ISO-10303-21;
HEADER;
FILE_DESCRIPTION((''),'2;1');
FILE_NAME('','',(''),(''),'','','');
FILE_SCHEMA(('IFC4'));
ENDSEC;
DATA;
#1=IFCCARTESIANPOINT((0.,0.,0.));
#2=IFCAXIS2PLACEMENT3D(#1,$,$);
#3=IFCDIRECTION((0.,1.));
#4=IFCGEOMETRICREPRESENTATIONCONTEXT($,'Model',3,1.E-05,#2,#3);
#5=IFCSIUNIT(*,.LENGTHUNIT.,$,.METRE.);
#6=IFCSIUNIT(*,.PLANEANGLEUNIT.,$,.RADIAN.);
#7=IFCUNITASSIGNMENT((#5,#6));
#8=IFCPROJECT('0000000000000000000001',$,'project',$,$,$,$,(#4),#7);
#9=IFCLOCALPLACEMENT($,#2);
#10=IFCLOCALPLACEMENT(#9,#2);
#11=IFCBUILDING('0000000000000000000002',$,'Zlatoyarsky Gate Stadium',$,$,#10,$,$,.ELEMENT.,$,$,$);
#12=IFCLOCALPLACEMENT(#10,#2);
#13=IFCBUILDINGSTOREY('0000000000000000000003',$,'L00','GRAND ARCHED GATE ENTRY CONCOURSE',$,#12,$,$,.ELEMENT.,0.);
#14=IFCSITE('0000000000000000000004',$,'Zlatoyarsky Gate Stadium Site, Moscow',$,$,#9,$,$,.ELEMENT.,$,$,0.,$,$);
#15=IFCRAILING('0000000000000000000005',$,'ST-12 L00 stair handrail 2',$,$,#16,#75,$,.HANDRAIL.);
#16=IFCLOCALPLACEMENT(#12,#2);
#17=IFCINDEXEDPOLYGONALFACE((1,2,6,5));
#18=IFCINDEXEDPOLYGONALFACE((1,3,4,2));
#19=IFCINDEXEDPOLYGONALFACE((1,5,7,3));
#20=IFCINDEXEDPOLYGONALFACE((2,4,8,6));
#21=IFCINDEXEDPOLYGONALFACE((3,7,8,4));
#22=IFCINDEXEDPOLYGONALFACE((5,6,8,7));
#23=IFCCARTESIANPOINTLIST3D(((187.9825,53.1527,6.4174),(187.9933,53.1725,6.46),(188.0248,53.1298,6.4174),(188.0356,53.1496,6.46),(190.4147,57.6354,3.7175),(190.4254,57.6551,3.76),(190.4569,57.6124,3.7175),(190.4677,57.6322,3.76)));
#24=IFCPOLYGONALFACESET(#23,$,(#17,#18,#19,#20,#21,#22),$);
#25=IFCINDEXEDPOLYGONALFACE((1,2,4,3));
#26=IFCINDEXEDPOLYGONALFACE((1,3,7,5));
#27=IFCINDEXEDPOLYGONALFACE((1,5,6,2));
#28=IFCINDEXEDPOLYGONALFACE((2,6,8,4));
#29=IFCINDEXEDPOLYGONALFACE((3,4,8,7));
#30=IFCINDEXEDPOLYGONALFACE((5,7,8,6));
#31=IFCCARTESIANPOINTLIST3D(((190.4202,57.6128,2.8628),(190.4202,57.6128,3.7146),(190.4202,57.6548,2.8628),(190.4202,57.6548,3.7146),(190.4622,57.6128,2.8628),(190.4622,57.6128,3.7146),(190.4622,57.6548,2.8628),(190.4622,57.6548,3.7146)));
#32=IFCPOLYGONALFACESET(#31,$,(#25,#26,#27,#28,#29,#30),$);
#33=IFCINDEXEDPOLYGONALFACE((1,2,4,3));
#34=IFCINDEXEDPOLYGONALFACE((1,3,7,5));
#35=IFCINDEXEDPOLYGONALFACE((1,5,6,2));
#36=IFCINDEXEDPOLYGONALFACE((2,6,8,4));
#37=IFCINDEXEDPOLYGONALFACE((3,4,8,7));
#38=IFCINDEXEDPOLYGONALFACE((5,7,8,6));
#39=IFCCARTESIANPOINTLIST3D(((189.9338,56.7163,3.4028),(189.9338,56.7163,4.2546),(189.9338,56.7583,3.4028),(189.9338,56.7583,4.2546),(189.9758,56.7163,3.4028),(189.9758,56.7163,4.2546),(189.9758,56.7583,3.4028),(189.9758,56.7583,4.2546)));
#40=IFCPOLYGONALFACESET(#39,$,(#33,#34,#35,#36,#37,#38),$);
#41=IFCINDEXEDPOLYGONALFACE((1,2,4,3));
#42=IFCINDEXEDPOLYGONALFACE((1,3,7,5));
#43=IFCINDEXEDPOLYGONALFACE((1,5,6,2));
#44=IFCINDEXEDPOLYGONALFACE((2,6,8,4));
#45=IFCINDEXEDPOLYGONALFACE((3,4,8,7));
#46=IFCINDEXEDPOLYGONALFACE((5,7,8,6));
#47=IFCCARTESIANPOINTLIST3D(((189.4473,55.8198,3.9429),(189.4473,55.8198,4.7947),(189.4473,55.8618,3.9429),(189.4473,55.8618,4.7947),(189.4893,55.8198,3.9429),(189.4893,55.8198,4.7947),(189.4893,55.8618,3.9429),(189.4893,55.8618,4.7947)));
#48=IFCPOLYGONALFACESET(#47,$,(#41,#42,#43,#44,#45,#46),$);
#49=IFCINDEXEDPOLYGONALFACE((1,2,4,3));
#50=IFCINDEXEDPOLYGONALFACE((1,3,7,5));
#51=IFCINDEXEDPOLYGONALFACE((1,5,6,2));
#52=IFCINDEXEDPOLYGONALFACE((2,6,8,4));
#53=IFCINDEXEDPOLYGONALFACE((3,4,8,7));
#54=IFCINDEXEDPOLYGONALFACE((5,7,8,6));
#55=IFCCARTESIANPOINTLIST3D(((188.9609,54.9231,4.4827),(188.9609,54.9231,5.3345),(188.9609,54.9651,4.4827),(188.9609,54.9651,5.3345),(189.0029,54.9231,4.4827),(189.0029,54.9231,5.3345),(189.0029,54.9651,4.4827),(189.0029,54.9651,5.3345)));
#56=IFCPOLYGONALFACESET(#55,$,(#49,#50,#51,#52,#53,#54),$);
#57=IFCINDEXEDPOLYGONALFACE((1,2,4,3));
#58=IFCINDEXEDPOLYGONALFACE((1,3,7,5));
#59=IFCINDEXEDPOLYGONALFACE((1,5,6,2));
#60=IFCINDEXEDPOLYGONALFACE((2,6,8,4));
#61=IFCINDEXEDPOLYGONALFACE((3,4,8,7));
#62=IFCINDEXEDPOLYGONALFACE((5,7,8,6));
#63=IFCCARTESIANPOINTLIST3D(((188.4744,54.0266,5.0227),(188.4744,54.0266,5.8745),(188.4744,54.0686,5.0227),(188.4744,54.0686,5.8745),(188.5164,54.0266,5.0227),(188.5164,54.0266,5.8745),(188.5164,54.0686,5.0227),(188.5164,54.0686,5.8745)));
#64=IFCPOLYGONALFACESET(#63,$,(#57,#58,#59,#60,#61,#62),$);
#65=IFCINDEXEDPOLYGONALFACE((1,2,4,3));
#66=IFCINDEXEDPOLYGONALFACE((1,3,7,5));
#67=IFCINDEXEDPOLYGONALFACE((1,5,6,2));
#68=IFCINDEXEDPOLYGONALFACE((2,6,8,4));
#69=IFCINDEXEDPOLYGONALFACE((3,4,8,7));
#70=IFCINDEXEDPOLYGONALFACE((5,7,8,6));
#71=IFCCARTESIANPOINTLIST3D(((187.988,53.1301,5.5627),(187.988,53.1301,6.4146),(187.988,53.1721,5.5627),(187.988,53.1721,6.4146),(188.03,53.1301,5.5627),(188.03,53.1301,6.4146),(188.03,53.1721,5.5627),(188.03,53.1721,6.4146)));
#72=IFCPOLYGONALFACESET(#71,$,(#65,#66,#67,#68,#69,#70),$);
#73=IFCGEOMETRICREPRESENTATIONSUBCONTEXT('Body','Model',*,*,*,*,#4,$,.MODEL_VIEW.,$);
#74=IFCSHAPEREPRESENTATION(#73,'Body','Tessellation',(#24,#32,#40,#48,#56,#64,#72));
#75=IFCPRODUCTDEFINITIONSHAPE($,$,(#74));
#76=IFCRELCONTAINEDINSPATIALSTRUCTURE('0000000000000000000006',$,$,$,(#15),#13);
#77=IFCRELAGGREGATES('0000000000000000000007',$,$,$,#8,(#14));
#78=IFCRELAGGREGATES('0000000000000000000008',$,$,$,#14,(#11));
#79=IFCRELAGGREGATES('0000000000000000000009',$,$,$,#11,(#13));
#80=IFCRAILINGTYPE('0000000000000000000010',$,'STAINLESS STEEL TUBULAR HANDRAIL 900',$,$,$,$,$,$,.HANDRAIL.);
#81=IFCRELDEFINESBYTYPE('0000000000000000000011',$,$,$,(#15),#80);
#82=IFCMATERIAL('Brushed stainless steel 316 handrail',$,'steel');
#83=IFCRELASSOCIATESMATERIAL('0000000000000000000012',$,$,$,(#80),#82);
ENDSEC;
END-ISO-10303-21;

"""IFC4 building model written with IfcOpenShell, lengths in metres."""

from ifc_helpers import new_model, si_unit, direction, frame, origin, origin_2d, place, context, subcontext, project, spatial, rectangle, extrude, material, type_object, element, save


model = new_model("IFC4")

# Units and contexts
model_context = context("Model", 3, precision=1e-05, world=origin(), true_north=direction((0.0, 1.0)))
body_context = subcontext(model_context, "Body", "Model", "MODEL_VIEW")
ifc_project = project(units=[si_unit("LENGTHUNIT", "METRE"), si_unit("PLANEANGLEUNIT", "RADIAN")], contexts=[model_context])

# Site, building, storey
site_placement = place(None, origin())
site = spatial("IfcSite", under=ifc_project, at=site_placement, Name="Zlatoyarsky Gate Stadium Site, Moscow", CompositionType="ELEMENT", RefElevation=0.0)
building_placement = place(site_placement, origin())
building = spatial("IfcBuilding", under=site, at=building_placement, Name="Zlatoyarsky Gate Stadium", CompositionType="ELEMENT")
storey_placement = place(building_placement, origin())
storey = spatial("IfcBuildingStorey", under=building, at=storey_placement, Name="L00", Description="GRAND ARCHED GATE ENTRY CONCOURSE", CompositionType="ELEMENT", Elevation=0.0)

# Railing
ifc_material_1 = material(Name="Brushed stainless steel 316 handrail", Category="steel")
railing_type_1 = type_object("IfcRailingType", Name="STAINLESS STEEL TUBULAR HANDRAIL 900", PredefinedType="HANDRAIL", material=ifc_material_1)
railing_1_placement = place(storey_placement, frame((190.4412, 57.6338, 2.8628)))
element("IfcRailing", 1, at=railing_1_placement, inside=storey, type_object=railing_type_1, Name="ST-12 L00 stair handrail 2", PredefinedType="HANDRAIL", context=body_context, shape_type="SweptSolid", body=[
    extrude(rectangle(XDim=0.0481, YDim=0.0481, at=origin_2d()), frame((0.0, 0.0, 0.876), z_axis=(-0.421472, -0.776817, 0.467884), x_axis=(0.878962, -0.476892, 0.0)), (0.0, 0.0, 1.0), 5.7705),
    extrude(rectangle(XDim=0.042, YDim=0.042, at=origin_2d()), origin(), (0.0, 0.0, 1.0), 0.8518),
    extrude(rectangle(XDim=0.042, YDim=0.042, at=origin_2d()), frame((-0.4863, -0.8965, 0.54)), (0.0, 0.0, 1.0), 0.8518),
    extrude(rectangle(XDim=0.042, YDim=0.042, at=origin_2d()), frame((-0.9729, -1.793, 1.0801)), (0.0, 0.0, 1.0), 0.8518),
    extrude(rectangle(XDim=0.042, YDim=0.042, at=origin_2d()), frame((-1.4592, -2.6897, 1.6199)), (0.0, 0.0, 1.0), 0.8518),
    extrude(rectangle(XDim=0.042, YDim=0.042, at=origin_2d()), frame((-1.9458, -3.5862, 2.1599)), (0.0, 0.0, 1.0), 0.8518),
    extrude(rectangle(XDim=0.042, YDim=0.042, at=origin_2d()), frame((-2.4321, -4.4827, 2.7)), (0.0, 0.0, 1.0), 0.8518),
])

save(model, "model.ifc")
